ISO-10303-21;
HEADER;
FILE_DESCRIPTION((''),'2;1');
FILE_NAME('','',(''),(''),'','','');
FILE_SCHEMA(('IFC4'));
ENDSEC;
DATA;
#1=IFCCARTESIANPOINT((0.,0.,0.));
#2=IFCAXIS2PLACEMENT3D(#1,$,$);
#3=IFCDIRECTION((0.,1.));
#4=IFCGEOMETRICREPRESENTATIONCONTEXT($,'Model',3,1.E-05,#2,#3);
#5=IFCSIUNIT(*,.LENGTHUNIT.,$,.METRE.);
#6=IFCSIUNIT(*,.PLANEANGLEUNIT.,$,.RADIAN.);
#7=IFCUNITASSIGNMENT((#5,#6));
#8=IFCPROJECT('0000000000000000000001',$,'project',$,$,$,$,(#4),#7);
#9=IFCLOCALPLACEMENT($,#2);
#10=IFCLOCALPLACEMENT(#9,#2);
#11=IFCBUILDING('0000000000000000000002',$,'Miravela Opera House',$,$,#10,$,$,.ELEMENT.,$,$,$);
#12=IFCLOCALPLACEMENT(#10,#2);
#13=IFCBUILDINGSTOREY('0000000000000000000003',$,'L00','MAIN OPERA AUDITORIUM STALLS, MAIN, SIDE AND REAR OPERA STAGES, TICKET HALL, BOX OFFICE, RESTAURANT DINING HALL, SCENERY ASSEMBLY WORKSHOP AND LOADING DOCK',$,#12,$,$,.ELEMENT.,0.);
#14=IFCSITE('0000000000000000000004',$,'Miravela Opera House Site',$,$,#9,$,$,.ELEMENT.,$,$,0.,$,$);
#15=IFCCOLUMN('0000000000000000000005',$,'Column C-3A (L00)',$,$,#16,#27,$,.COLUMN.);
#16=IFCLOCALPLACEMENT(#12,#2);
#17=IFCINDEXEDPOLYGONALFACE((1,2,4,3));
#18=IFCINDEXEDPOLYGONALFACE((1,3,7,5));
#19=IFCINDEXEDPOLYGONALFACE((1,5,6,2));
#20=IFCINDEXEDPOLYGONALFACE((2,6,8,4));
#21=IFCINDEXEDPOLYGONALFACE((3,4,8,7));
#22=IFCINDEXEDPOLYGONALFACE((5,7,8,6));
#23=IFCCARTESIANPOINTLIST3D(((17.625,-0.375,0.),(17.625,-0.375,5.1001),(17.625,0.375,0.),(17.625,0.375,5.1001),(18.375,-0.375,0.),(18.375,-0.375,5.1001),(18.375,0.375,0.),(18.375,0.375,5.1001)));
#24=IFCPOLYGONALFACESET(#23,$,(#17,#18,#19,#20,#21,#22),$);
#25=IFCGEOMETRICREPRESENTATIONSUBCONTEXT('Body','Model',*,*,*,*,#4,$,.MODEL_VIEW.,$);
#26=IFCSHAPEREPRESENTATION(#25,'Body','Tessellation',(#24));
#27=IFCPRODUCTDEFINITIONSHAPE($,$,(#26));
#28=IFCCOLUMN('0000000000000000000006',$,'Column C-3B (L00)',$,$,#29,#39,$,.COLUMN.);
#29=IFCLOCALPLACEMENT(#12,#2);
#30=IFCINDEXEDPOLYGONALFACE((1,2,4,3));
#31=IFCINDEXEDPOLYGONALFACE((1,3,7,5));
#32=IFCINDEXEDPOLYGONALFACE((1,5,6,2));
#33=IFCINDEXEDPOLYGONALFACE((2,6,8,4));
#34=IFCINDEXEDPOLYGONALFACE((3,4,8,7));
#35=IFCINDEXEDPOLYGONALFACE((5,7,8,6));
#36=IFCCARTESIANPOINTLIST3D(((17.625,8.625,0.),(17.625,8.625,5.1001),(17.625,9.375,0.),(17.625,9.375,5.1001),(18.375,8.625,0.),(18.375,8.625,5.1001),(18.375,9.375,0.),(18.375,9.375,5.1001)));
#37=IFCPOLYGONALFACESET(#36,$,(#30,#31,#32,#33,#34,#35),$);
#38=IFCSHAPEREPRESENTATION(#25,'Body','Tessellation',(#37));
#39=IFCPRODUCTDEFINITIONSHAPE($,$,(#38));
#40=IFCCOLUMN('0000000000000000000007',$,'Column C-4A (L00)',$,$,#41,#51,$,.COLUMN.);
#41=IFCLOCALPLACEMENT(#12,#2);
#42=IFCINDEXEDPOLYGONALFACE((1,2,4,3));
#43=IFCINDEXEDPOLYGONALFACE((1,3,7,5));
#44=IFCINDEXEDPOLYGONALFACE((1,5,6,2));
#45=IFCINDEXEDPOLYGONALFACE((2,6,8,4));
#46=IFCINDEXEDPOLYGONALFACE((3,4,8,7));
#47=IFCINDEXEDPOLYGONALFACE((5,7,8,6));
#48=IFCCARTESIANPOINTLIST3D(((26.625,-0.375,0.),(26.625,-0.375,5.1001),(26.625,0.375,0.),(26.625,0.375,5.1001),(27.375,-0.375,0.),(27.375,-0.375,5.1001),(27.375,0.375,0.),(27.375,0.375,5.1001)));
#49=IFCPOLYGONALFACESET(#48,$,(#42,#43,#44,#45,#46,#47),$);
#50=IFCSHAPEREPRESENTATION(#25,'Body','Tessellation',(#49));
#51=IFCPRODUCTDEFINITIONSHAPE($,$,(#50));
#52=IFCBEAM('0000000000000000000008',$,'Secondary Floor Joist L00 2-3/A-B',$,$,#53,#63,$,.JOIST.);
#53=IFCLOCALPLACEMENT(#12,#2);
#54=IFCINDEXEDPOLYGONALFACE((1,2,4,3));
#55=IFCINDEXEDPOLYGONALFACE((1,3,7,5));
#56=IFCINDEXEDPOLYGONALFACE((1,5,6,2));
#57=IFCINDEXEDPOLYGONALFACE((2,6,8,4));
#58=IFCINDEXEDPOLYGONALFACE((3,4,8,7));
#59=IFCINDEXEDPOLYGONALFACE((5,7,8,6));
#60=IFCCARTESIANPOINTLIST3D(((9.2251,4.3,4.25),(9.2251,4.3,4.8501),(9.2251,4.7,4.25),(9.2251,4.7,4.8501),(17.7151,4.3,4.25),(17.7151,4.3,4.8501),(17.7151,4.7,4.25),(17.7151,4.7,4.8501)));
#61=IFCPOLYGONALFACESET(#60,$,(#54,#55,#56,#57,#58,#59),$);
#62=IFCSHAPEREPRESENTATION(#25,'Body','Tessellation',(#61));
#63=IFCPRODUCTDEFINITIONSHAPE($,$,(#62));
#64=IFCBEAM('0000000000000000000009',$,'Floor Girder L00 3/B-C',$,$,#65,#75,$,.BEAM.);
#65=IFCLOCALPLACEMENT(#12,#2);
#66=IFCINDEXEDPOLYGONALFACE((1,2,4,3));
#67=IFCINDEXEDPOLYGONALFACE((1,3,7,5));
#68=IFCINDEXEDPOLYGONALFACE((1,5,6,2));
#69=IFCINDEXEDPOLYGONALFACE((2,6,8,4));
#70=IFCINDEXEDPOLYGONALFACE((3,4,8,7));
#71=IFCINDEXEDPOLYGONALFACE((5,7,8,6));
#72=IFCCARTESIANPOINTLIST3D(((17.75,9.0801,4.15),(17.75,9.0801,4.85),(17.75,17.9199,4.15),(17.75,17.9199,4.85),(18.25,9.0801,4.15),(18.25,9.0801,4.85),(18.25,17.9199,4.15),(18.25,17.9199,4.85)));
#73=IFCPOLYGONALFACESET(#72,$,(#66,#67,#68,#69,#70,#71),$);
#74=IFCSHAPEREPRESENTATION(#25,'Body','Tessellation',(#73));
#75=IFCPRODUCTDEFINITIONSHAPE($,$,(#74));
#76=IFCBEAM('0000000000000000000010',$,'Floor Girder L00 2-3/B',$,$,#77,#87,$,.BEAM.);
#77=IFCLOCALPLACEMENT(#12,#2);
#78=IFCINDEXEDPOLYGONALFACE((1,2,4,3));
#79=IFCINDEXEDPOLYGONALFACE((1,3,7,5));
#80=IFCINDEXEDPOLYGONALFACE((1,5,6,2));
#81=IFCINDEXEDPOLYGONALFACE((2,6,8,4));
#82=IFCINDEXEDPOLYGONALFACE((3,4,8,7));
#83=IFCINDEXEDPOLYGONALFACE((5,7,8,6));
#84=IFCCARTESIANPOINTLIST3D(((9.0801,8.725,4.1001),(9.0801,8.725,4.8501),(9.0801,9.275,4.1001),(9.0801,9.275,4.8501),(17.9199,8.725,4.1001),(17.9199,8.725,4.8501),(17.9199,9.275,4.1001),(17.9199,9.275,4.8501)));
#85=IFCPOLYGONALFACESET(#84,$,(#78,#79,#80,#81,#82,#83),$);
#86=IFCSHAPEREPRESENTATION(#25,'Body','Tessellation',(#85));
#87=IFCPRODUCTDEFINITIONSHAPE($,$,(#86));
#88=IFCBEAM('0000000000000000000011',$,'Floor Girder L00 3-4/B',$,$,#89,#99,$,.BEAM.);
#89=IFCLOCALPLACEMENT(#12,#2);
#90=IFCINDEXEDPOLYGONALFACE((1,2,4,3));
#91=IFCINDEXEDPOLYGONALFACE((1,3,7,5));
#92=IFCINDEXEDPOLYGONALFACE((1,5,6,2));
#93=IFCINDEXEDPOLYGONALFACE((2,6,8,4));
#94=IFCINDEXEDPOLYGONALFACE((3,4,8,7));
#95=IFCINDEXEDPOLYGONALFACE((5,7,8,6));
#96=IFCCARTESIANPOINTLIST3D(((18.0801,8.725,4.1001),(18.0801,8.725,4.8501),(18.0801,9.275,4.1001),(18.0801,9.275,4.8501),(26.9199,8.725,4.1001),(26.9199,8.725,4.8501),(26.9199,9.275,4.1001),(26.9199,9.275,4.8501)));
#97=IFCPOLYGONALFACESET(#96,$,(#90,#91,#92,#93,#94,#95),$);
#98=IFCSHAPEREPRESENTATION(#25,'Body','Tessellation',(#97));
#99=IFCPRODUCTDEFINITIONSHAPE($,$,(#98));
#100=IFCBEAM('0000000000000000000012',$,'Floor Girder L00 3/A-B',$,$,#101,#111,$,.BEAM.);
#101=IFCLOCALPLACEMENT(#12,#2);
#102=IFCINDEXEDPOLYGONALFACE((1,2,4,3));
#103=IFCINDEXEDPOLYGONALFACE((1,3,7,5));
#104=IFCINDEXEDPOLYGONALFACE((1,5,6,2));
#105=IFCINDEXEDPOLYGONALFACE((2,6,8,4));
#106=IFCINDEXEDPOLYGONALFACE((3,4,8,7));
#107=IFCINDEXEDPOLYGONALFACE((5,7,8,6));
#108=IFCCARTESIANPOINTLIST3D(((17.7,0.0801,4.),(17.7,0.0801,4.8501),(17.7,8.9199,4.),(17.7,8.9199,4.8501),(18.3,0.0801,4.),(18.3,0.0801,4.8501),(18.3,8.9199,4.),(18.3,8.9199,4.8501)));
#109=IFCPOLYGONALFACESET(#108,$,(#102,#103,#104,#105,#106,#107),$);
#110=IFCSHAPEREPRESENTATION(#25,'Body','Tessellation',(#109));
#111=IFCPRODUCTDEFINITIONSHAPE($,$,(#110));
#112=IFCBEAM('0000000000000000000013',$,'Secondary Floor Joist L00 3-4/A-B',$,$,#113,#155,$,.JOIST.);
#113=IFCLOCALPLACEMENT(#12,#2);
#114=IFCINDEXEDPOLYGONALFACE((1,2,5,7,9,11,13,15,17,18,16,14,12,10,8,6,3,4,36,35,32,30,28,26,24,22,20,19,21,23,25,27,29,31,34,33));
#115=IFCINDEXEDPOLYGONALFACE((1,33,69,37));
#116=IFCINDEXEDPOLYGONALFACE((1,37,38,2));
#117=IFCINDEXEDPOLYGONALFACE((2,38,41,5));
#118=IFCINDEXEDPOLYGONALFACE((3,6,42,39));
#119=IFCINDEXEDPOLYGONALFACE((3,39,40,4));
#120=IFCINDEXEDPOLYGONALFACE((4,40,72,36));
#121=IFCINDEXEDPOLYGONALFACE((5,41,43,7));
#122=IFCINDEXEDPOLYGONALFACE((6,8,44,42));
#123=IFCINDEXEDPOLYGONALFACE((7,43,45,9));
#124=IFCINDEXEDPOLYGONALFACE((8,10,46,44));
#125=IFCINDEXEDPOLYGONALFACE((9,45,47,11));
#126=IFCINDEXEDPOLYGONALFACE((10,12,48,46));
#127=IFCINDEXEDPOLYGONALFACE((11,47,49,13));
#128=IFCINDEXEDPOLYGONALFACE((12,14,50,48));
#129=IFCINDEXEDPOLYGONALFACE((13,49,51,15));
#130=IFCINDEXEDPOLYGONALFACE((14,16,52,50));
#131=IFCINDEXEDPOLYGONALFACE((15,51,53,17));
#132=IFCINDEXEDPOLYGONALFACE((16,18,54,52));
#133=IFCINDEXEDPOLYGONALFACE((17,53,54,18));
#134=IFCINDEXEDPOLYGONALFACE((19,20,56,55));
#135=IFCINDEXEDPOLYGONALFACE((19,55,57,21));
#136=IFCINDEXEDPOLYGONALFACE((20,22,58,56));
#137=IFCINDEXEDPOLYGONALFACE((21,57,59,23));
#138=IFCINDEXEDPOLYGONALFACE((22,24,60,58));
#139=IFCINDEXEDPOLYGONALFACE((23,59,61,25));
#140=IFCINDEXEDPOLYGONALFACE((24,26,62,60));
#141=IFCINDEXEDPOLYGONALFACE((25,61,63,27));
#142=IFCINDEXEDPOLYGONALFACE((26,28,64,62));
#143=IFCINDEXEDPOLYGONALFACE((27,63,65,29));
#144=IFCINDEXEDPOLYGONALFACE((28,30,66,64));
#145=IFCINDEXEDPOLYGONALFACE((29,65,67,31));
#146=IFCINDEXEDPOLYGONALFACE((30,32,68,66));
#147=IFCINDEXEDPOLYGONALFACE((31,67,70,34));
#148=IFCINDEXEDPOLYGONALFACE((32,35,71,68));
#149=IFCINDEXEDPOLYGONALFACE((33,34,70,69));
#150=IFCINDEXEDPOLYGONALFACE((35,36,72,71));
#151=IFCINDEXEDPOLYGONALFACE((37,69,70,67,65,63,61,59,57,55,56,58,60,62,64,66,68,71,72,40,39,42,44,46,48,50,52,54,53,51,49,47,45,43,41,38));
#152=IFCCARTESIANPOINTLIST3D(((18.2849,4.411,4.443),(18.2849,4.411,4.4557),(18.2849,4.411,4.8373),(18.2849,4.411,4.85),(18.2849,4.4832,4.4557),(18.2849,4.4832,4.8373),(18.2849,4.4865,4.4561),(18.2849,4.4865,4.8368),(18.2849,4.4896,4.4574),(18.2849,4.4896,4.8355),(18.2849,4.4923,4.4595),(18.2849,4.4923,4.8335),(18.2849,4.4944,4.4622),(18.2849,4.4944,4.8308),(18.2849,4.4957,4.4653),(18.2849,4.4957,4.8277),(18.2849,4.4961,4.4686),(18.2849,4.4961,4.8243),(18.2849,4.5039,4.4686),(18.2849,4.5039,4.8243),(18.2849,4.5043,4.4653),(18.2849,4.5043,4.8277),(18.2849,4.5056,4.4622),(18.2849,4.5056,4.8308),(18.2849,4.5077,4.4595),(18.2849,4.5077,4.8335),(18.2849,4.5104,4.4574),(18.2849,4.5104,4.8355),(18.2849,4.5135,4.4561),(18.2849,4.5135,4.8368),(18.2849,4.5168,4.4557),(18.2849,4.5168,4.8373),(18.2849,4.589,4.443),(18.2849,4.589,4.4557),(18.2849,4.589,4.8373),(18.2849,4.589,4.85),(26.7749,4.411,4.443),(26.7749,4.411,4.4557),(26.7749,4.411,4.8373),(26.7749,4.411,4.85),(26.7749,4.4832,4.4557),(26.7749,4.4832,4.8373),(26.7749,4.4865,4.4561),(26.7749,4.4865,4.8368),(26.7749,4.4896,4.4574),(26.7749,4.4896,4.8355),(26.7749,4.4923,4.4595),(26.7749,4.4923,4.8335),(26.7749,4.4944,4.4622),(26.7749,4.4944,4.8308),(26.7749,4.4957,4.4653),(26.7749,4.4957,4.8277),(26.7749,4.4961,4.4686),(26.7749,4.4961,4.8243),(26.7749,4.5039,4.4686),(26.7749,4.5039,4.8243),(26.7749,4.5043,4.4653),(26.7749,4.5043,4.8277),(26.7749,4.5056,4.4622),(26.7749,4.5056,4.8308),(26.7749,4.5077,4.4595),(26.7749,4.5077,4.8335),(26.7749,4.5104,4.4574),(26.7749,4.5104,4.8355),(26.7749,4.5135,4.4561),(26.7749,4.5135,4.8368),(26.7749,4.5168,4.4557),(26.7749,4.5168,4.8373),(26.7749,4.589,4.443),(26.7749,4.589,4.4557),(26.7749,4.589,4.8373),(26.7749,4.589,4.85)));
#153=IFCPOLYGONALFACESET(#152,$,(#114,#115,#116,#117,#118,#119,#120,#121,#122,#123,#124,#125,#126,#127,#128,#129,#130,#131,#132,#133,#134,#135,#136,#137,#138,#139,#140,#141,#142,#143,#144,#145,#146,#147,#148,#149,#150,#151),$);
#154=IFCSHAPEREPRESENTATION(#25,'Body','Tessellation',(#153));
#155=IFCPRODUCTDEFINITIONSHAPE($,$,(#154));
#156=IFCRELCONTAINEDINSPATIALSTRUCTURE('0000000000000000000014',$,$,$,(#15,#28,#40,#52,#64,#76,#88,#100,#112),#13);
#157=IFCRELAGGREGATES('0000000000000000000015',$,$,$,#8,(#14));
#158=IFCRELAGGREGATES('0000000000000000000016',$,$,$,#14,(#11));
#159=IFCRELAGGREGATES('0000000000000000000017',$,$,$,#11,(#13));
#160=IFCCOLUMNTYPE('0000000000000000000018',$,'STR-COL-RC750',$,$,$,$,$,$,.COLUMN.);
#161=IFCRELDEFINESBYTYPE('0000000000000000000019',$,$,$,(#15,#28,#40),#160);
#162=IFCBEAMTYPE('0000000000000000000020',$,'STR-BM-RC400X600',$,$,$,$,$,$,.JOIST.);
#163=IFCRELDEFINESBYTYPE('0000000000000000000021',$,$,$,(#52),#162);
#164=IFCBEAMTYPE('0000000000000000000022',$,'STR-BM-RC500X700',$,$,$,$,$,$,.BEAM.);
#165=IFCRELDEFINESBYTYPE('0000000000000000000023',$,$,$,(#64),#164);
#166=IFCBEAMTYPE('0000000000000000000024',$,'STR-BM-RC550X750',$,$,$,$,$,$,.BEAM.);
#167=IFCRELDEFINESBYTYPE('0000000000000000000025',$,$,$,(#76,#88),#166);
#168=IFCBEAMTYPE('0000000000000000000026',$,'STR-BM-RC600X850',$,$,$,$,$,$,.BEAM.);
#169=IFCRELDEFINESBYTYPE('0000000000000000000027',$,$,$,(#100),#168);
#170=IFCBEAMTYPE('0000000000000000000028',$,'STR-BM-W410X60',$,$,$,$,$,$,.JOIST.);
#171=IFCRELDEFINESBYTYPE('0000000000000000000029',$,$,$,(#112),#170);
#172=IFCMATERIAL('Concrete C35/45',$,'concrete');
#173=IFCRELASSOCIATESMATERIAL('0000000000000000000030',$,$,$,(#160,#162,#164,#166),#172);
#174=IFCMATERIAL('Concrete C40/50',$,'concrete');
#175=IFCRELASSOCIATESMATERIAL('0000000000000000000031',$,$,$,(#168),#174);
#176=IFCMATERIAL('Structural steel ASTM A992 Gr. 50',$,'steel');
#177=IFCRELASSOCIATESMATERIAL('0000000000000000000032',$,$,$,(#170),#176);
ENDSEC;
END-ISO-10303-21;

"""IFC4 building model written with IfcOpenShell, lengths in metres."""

from ifc_helpers import new_model, si_unit, direction, frame, origin, origin_2d, place, context, subcontext, project, spatial, rectangle, i_section, extrude, material, material_profile, profile_set, type_object, element, save


model = new_model("IFC4")

# Units and contexts
model_context = context("Model", 3, precision=1e-05, world=origin(), true_north=direction((0.0, 1.0)))
body_context = subcontext(model_context, "Body", "Model", "MODEL_VIEW")
ifc_project = project(units=[si_unit("LENGTHUNIT", "METRE"), si_unit("PLANEANGLEUNIT", "RADIAN")], contexts=[model_context])

# Site, building, storey
site_placement = place(None, origin())
site = spatial("IfcSite", under=ifc_project, at=site_placement, Name="Miravela Opera House Site", CompositionType="ELEMENT", RefElevation=0.0)
building_placement = place(site_placement, origin())
building = spatial("IfcBuilding", under=site, at=building_placement, Name="Miravela Opera House", CompositionType="ELEMENT")
storey_placement = place(building_placement, origin())
storey = spatial("IfcBuildingStorey", under=building, at=storey_placement, Name="L00", Description="MAIN OPERA AUDITORIUM STALLS, MAIN, SIDE AND REAR OPERA STAGES, TICKET HALL, BOX OFFICE, RESTAURANT DINING HALL, SCENERY ASSEMBLY WORKSHOP AND LOADING DOCK", CompositionType="ELEMENT", Elevation=0.0)

# Columns
ifc_material_1 = material(Name="Concrete C35/45", Category="concrete")
ifc_material_profile_1 = material_profile(ifc_material_1, rectangle(XDim=0.75, YDim=0.75, at=origin_2d()), Name="RC-COL-750X750")
ifc_profile_set_1 = profile_set([ifc_material_profile_1])
column_type = type_object("IfcColumnType", Name="STR-COL-RC750", PredefinedType="COLUMN", material=ifc_profile_set_1)
for number, where, z_axis, x_axis, name in (
    (1, (18.0, 0.0, 0.0), (0.0, 0.0, 1.0), (1.0, 0.0, 0.0), "Column C-3A (L00)"),
    (2, (18.0, 9.0, 0.0), (0.0, 0.0, 1.0), (1.0, 0.0, 0.0), "Column C-3B (L00)"),
    (3, (27.0, 0.0, 0.0), (0.0, 0.0, 1.0), (1.0, 0.0, 0.0), "Column C-4A (L00)"),
):
    element("IfcColumn", number, at=place(storey_placement, frame(where, z_axis=z_axis, x_axis=x_axis)), inside=storey, type_object=column_type, Name=name, PredefinedType="COLUMN", context=body_context, shape_type="SweptSolid", body=[
        extrude(rectangle(XDim=0.75, YDim=0.75, at=origin_2d()), origin(), (0.0, 0.0, 1.0), 5.1001),
    ])

# Beams
ifc_material_profile_2 = material_profile(ifc_material_1, rectangle(XDim=0.3999, YDim=0.6001, at=origin_2d()), Name="RC-BM-400X600")
ifc_profile_set_2 = profile_set([ifc_material_profile_2])
beam_type_1 = type_object("IfcBeamType", Name="STR-BM-RC400X600", PredefinedType="JOIST", material=ifc_profile_set_2)
beam_1_placement = place(storey_placement, frame((9.2251, 4.5, 4.55), z_axis=(1.0, 0.0, 0.0), x_axis=(0.0, 1.0, 0.0)))
element("IfcBeam", 4, at=beam_1_placement, inside=storey, type_object=beam_type_1, Name="Secondary Floor Joist L00 2-3/A-B", PredefinedType="JOIST", context=body_context, shape_type="SweptSolid", body=[
    extrude(rectangle(XDim=0.3999, YDim=0.6001, at=origin_2d()), origin(), (0.0, 0.0, 1.0), 8.49),
])
ifc_material_profile_3 = material_profile(ifc_material_1, rectangle(XDim=0.5, YDim=0.7, at=origin_2d()), Name="RC-BM-500X700")
ifc_profile_set_3 = profile_set([ifc_material_profile_3])
beam_type_2 = type_object("IfcBeamType", Name="STR-BM-RC500X700", PredefinedType="BEAM", material=ifc_profile_set_3)
beam_2_placement = place(storey_placement, frame((18.0, 9.0801, 4.5), z_axis=(0.0, 1.0, 0.0), x_axis=(-1.0, 0.0, 0.0)))
element("IfcBeam", 5, at=beam_2_placement, inside=storey, type_object=beam_type_2, Name="Floor Girder L00 3/B-C", PredefinedType="BEAM", context=body_context, shape_type="SweptSolid", body=[
    extrude(rectangle(XDim=0.5, YDim=0.7, at=origin_2d()), origin(), (0.0, 0.0, 1.0), 8.8398),
])
ifc_material_profile_4 = material_profile(ifc_material_1, rectangle(XDim=0.55, YDim=0.75, at=origin_2d()), Name="RC-BM-550X750")
ifc_profile_set_4 = profile_set([ifc_material_profile_4])
beam_type_3 = type_object("IfcBeamType", Name="STR-BM-RC550X750", PredefinedType="BEAM", material=ifc_profile_set_4)
for number, where, z_axis, x_axis, name in (
    (6, (9.0801, 9.0, 4.4751), (1.0, 0.0, 0.0), (0.0, 1.0, 0.0), "Floor Girder L00 2-3/B"),
    (7, (18.0801, 9.0, 4.4751), (1.0, 0.0, 0.0), (0.0, 1.0, 0.0), "Floor Girder L00 3-4/B"),
):
    element("IfcBeam", number, at=place(storey_placement, frame(where, z_axis=z_axis, x_axis=x_axis)), inside=storey, type_object=beam_type_3, Name=name, PredefinedType="BEAM", context=body_context, shape_type="SweptSolid", body=[
        extrude(rectangle(XDim=0.55, YDim=0.75, at=origin_2d()), origin(), (0.0, 0.0, 1.0), 8.8398),
    ])
ifc_material_2 = material(Name="Concrete C40/50", Category="concrete")
ifc_material_profile_5 = material_profile(ifc_material_2, rectangle(XDim=0.6001, YDim=0.8501, at=origin_2d()), Name="RC-BM-600X850")
ifc_profile_set_5 = profile_set([ifc_material_profile_5])
beam_type_4 = type_object("IfcBeamType", Name="STR-BM-RC600X850", PredefinedType="BEAM", material=ifc_profile_set_5)
beam_3_placement = place(storey_placement, frame((18.0, 0.0801, 4.425), z_axis=(0.0, 1.0, 0.0), x_axis=(-1.0, 0.0, 0.0)))
element("IfcBeam", 8, at=beam_3_placement, inside=storey, type_object=beam_type_4, Name="Floor Girder L00 3/A-B", PredefinedType="BEAM", context=body_context, shape_type="SweptSolid", body=[
    extrude(rectangle(XDim=0.6001, YDim=0.8501, at=origin_2d()), origin(), (0.0, 0.0, 1.0), 8.8398),
])
ifc_material_3 = material(Name="Structural steel ASTM A992 Gr. 50", Category="steel")
ifc_material_profile_6 = material_profile(ifc_material_3, i_section(OverallWidth=0.178, OverallDepth=0.407, WebThickness=0.0078, FlangeThickness=0.0127, FilletRadius=0.0129, at=origin_2d()), Name="W410X60")
ifc_profile_set_6 = profile_set([ifc_material_profile_6])
beam_type_5 = type_object("IfcBeamType", Name="STR-BM-W410X60", PredefinedType="JOIST", material=ifc_profile_set_6)
beam_4_placement = place(storey_placement, frame((18.2849, 4.5, 4.6465), z_axis=(1.0, 0.0, 0.0), x_axis=(0.0, 1.0, 0.0)))
element("IfcBeam", 9, at=beam_4_placement, inside=storey, type_object=beam_type_5, Name="Secondary Floor Joist L00 3-4/A-B", PredefinedType="JOIST", context=body_context, shape_type="SweptSolid", body=[
    extrude(i_section(OverallWidth=0.178, OverallDepth=0.407, WebThickness=0.0078, FlangeThickness=0.0127, FilletRadius=0.0129, at=origin_2d()), origin(), (0.0, 0.0, 1.0), 8.49),
])

save(model, "model.ifc")
